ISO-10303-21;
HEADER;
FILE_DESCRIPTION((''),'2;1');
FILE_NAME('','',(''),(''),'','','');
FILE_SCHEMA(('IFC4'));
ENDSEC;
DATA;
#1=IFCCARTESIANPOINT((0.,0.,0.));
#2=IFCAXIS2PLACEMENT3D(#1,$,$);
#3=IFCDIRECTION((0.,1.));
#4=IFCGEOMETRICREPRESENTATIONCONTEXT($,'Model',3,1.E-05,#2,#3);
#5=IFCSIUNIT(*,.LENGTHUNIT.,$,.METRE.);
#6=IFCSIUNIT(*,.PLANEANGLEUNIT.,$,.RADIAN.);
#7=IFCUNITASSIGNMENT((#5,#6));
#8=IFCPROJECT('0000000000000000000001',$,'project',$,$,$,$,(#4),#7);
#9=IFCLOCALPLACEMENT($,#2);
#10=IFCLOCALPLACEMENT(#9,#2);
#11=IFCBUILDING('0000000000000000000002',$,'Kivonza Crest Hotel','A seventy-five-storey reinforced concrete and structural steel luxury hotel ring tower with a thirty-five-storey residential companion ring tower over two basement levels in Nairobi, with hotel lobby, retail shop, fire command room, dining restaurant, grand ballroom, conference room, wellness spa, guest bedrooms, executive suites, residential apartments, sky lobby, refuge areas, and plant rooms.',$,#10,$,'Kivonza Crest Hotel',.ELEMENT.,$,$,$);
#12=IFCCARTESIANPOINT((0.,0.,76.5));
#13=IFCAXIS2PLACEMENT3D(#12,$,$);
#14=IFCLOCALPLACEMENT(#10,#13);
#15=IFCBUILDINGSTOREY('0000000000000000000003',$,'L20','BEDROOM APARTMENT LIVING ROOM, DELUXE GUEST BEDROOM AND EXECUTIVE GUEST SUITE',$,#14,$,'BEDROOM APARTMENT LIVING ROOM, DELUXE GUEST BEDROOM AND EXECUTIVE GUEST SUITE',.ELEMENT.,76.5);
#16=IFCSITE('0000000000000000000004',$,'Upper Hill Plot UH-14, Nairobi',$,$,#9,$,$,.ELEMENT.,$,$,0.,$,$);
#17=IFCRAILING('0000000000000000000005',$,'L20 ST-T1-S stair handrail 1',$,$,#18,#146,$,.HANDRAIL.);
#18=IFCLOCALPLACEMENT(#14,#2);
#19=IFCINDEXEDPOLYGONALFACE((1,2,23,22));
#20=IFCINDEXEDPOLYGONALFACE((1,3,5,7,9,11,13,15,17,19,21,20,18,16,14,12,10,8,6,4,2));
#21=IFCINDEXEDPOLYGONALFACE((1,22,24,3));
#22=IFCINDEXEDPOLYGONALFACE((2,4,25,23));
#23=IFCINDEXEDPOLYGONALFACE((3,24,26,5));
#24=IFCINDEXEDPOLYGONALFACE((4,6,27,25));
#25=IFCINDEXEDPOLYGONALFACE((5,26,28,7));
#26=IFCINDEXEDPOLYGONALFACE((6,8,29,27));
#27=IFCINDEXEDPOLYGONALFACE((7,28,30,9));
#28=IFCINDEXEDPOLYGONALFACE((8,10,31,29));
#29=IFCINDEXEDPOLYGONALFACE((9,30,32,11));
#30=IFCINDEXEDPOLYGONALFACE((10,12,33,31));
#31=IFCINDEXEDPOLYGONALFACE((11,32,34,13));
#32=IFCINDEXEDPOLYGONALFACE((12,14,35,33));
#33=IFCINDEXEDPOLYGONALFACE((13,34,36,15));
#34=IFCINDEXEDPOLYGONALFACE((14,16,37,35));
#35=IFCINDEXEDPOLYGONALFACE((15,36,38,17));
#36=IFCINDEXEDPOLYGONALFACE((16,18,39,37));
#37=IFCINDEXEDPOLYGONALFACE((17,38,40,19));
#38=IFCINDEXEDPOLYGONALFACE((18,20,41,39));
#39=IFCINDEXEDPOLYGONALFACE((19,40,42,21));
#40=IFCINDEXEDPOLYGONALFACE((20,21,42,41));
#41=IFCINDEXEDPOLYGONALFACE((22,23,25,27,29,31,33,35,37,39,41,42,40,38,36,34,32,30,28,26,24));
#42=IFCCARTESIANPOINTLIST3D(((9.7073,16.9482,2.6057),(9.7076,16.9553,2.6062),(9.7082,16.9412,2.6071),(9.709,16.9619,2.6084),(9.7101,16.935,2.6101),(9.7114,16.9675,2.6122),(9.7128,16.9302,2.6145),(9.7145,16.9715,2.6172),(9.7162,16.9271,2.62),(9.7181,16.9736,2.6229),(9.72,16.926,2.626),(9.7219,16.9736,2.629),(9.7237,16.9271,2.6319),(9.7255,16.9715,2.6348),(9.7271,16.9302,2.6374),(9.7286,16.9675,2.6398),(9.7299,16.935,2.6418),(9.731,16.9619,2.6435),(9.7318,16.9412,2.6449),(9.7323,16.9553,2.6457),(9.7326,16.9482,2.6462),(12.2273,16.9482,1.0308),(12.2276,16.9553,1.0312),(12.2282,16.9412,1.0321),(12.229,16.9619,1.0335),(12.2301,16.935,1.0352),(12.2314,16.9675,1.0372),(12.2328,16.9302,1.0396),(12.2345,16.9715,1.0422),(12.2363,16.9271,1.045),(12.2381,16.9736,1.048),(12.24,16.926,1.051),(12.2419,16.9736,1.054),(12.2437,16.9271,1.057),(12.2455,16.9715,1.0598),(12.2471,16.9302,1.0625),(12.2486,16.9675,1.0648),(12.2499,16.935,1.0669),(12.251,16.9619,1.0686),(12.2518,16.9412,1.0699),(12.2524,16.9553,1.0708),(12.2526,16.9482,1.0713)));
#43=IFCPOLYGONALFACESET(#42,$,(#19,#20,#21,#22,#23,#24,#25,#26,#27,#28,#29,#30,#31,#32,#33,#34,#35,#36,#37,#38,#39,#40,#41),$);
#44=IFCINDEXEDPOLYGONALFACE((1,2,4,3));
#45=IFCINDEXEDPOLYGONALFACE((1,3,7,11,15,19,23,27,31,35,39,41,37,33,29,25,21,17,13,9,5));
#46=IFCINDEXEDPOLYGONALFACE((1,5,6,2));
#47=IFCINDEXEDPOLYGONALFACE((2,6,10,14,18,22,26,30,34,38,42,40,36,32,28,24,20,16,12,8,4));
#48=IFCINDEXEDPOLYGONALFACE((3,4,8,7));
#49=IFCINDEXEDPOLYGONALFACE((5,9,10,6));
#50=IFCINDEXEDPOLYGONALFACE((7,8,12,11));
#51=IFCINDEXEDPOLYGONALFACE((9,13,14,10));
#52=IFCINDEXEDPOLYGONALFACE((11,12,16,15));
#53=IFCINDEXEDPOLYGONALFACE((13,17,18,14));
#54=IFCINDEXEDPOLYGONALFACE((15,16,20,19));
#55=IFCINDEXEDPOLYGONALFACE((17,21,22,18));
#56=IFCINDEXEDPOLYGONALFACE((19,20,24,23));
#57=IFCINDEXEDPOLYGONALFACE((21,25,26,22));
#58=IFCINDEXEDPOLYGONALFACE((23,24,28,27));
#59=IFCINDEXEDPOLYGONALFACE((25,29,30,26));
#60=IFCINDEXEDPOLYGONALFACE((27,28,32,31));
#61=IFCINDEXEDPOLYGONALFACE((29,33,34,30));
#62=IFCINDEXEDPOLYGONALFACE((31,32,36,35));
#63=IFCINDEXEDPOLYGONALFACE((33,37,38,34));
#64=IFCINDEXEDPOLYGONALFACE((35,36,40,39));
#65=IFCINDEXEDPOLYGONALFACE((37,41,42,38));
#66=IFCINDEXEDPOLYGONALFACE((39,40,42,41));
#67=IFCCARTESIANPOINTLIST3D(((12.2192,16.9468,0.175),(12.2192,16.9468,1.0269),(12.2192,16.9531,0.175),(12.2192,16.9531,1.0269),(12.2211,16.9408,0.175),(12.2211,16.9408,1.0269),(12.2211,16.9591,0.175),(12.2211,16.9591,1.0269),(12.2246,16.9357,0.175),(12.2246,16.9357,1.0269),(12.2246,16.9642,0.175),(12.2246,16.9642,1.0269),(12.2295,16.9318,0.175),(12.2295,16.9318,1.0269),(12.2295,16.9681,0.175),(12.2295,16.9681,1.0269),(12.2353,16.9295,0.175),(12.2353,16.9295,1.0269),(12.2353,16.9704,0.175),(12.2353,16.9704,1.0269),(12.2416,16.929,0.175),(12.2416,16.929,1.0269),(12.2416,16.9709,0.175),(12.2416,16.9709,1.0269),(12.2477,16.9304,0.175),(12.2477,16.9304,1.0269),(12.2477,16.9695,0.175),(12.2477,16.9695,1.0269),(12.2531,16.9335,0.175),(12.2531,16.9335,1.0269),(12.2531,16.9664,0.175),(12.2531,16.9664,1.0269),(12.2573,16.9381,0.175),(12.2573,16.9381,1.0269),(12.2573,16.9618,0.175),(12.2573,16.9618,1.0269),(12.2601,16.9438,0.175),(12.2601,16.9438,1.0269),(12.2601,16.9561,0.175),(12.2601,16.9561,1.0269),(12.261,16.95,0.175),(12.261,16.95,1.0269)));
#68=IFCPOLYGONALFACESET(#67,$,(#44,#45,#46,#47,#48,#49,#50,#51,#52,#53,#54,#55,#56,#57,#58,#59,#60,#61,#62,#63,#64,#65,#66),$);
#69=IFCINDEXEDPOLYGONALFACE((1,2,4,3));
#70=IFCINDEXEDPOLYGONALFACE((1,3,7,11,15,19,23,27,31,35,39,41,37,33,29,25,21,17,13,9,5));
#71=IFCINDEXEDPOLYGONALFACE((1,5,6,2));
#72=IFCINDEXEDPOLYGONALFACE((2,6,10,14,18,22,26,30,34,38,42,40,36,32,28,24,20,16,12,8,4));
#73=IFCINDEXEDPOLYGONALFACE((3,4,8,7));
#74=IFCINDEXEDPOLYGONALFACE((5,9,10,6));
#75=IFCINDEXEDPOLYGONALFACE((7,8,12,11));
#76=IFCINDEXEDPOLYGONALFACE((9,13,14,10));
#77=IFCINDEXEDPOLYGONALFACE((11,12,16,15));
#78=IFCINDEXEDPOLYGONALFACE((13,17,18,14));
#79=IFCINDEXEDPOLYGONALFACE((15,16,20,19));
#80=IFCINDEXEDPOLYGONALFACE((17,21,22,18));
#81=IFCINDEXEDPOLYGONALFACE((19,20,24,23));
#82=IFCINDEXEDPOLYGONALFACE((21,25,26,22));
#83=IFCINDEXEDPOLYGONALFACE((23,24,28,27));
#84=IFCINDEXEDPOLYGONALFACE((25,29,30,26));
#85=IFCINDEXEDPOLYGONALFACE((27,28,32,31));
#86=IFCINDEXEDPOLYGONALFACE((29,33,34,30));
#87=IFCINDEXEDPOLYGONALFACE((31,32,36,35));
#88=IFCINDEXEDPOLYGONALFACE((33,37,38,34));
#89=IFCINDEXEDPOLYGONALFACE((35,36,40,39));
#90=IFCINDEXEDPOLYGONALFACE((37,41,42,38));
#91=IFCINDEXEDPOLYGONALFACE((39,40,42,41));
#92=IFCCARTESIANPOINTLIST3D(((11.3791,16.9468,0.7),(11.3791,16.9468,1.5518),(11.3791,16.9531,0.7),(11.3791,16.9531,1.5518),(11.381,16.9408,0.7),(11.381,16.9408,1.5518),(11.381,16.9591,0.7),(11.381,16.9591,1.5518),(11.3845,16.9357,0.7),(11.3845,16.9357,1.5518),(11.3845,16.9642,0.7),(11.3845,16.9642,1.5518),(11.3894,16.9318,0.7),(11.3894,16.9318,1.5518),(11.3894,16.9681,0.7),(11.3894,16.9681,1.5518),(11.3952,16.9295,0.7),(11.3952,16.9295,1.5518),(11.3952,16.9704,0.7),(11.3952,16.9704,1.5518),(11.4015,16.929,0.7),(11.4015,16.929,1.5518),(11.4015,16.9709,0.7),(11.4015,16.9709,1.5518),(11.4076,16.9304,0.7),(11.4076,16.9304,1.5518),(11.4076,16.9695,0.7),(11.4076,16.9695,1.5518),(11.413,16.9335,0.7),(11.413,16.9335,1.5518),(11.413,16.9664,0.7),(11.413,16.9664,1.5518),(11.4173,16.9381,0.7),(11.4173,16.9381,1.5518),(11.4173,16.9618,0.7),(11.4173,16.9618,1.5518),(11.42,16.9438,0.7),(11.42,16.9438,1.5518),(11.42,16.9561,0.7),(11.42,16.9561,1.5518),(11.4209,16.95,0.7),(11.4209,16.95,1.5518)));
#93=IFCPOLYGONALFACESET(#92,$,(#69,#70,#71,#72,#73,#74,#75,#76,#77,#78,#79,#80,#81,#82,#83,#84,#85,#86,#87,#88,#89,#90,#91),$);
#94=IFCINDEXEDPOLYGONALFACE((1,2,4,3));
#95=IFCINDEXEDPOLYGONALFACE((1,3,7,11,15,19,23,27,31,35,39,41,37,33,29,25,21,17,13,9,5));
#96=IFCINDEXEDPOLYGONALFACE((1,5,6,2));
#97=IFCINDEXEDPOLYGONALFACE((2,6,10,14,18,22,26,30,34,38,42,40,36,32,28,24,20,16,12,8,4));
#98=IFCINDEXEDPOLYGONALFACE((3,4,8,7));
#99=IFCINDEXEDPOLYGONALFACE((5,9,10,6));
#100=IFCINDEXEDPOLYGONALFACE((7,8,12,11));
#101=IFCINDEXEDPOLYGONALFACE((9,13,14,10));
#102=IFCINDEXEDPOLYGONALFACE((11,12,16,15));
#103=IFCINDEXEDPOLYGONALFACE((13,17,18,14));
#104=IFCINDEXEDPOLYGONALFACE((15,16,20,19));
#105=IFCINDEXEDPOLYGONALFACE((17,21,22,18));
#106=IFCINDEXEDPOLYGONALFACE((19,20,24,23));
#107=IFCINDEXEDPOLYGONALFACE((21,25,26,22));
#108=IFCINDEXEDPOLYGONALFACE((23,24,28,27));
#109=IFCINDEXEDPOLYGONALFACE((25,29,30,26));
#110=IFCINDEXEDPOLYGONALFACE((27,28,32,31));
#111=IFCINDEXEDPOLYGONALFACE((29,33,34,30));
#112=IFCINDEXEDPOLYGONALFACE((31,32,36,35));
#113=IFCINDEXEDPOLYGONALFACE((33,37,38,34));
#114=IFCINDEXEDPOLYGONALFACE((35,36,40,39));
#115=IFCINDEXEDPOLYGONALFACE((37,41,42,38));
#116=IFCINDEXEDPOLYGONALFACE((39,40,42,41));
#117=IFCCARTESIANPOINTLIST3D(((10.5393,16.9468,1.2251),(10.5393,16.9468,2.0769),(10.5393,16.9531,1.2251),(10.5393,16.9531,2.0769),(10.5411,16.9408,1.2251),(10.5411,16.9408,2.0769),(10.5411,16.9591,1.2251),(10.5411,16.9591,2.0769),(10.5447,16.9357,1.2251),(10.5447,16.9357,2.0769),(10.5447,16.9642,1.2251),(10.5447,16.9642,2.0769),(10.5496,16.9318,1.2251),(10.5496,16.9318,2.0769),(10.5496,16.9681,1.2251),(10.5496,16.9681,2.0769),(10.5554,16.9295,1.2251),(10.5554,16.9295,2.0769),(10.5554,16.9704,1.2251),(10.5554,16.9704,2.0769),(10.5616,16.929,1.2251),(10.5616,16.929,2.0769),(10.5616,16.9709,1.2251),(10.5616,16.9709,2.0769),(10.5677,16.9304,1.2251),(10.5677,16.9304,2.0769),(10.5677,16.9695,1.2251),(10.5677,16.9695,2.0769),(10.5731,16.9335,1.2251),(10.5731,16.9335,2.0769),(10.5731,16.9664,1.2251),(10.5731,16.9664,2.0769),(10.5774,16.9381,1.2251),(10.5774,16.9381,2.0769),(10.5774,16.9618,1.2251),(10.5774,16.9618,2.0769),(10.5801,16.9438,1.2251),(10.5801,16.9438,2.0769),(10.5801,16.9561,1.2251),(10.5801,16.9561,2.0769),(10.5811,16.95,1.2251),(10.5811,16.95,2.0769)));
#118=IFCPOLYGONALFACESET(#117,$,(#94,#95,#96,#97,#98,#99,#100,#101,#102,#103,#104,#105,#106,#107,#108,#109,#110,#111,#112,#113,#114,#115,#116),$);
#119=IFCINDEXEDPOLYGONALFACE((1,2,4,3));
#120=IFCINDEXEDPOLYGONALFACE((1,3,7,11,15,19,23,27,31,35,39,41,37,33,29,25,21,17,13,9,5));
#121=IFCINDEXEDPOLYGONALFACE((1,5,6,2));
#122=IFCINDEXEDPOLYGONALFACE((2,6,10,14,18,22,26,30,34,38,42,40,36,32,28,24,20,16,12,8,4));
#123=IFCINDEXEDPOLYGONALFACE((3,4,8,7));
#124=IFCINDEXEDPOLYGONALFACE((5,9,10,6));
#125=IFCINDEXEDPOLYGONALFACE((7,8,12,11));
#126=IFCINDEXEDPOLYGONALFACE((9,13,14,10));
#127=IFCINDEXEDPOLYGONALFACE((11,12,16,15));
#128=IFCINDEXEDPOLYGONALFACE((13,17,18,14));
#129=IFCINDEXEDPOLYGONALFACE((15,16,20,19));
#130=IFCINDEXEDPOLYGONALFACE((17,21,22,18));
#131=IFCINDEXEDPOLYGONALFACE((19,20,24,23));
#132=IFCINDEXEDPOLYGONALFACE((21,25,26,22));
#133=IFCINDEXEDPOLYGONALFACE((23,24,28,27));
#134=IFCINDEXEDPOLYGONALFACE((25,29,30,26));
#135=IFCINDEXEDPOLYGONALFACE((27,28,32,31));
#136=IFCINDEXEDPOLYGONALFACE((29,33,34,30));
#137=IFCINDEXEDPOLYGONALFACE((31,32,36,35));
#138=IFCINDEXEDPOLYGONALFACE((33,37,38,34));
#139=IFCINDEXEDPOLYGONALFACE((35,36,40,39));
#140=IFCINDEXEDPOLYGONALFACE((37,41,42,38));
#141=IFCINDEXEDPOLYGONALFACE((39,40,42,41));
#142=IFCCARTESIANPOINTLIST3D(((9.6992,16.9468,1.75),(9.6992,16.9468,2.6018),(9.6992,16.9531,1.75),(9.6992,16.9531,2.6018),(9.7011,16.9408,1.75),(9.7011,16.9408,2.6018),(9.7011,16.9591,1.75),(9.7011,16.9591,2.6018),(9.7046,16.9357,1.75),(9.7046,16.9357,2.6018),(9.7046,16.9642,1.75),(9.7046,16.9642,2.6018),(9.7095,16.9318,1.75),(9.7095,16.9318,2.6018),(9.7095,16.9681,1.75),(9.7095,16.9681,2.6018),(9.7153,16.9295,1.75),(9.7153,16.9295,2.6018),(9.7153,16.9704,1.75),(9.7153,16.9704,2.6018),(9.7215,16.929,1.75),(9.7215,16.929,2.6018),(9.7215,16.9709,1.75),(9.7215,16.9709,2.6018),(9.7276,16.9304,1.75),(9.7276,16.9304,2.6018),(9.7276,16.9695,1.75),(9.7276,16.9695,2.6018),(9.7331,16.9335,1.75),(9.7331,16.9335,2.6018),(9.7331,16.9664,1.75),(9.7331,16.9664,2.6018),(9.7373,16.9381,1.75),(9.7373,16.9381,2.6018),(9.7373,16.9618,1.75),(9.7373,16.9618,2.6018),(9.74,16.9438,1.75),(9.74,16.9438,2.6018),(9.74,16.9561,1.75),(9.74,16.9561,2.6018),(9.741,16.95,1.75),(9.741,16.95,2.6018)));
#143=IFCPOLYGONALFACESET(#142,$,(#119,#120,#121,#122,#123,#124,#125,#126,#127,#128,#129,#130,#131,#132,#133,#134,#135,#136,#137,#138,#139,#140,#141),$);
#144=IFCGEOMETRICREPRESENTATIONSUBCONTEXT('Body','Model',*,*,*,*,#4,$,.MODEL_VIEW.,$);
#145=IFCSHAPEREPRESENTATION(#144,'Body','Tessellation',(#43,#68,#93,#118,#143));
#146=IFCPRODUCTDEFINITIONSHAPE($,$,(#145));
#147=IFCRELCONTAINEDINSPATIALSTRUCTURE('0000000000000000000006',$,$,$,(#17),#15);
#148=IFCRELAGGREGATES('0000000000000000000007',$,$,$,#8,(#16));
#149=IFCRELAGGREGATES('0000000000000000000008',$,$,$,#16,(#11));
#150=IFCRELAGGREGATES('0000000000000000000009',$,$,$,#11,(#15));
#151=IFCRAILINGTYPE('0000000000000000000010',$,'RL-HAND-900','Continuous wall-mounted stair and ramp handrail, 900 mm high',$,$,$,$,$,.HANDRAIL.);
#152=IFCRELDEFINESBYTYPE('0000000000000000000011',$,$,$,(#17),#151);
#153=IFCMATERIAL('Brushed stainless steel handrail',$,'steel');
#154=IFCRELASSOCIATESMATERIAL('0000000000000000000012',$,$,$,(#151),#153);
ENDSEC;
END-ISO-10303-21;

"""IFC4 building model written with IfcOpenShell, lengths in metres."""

from ifc_helpers import new_model, si_unit, direction, frame, origin, origin_2d, place, context, subcontext, project, spatial, circle, extrude, material, type_object, element, save


model = new_model("IFC4")

# Units and contexts
model_context = context("Model", 3, precision=1e-05, world=origin(), true_north=direction((0.0, 1.0)))
body_context = subcontext(model_context, "Body", "Model", "MODEL_VIEW")
ifc_project = project(units=[si_unit("LENGTHUNIT", "METRE"), si_unit("PLANEANGLEUNIT", "RADIAN")], contexts=[model_context])

# Site, building, storey
site_placement = place(None, origin())
site = spatial("IfcSite", under=ifc_project, at=site_placement, Name="Upper Hill Plot UH-14, Nairobi", CompositionType="ELEMENT", RefElevation=0.0)
building_placement = place(site_placement, origin())
building = spatial("IfcBuilding", under=site, at=building_placement, Name="Kivonza Crest Hotel", Description="A seventy-five-storey reinforced concrete and structural steel luxury hotel ring tower with a thirty-five-storey residential companion ring tower over two basement levels in Nairobi, with hotel lobby, retail shop, fire command room, dining restaurant, grand ballroom, conference room, wellness spa, guest bedrooms, executive suites, residential apartments, sky lobby, refuge areas, and plant rooms.", LongName="Kivonza Crest Hotel", CompositionType="ELEMENT")
storey_placement = place(building_placement, frame((0.0, 0.0, 76.5)))
storey = spatial("IfcBuildingStorey", under=building, at=storey_placement, Name="L20", Description="BEDROOM APARTMENT LIVING ROOM, DELUXE GUEST BEDROOM AND EXECUTIVE GUEST SUITE", LongName="BEDROOM APARTMENT LIVING ROOM, DELUXE GUEST BEDROOM AND EXECUTIVE GUEST SUITE", CompositionType="ELEMENT", Elevation=76.5)

# Railing
ifc_material_1 = material(Name="Brushed stainless steel handrail", Category="steel")
railing_type_1 = type_object("IfcRailingType", Name="RL-HAND-900", Description="Continuous wall-mounted stair and ramp handrail, 900 mm high", PredefinedType="HANDRAIL", material=ifc_material_1)
railing_1_placement = place(storey_placement, frame((12.24, 16.95, 0.175)))
element("IfcRailing", 1, at=railing_1_placement, inside=storey, type_object=railing_type_1, Name="L20 ST-T1-S stair handrail 1", PredefinedType="HANDRAIL", context=body_context, shape_type="SweptSolid", body=[
    extrude(circle(Radius=0.0239, at=origin_2d()), frame((0.0, 0.0, 0.876), z_axis=(-0.848008, 0.0, 0.529984), x_axis=(0.0, -1.0, 0.0)), (0.0, 0.0, 1.0), 2.9717),
    extrude(circle(Radius=0.021, at=origin_2d()), origin(), (0.0, 0.0, 1.0), 0.8518),
    extrude(circle(Radius=0.021, at=origin_2d()), frame((-0.8401, 0.0, 0.5249)), (0.0, 0.0, 1.0), 0.8518),
    extrude(circle(Radius=0.021, at=origin_2d()), frame((-1.6799, 0.0, 1.05)), (0.0, 0.0, 1.0), 0.8518),
    extrude(circle(Radius=0.021, at=origin_2d()), frame((-2.52, 0.0, 1.575)), (0.0, 0.0, 1.0), 0.8518),
])

save(model, "model.ifc")
